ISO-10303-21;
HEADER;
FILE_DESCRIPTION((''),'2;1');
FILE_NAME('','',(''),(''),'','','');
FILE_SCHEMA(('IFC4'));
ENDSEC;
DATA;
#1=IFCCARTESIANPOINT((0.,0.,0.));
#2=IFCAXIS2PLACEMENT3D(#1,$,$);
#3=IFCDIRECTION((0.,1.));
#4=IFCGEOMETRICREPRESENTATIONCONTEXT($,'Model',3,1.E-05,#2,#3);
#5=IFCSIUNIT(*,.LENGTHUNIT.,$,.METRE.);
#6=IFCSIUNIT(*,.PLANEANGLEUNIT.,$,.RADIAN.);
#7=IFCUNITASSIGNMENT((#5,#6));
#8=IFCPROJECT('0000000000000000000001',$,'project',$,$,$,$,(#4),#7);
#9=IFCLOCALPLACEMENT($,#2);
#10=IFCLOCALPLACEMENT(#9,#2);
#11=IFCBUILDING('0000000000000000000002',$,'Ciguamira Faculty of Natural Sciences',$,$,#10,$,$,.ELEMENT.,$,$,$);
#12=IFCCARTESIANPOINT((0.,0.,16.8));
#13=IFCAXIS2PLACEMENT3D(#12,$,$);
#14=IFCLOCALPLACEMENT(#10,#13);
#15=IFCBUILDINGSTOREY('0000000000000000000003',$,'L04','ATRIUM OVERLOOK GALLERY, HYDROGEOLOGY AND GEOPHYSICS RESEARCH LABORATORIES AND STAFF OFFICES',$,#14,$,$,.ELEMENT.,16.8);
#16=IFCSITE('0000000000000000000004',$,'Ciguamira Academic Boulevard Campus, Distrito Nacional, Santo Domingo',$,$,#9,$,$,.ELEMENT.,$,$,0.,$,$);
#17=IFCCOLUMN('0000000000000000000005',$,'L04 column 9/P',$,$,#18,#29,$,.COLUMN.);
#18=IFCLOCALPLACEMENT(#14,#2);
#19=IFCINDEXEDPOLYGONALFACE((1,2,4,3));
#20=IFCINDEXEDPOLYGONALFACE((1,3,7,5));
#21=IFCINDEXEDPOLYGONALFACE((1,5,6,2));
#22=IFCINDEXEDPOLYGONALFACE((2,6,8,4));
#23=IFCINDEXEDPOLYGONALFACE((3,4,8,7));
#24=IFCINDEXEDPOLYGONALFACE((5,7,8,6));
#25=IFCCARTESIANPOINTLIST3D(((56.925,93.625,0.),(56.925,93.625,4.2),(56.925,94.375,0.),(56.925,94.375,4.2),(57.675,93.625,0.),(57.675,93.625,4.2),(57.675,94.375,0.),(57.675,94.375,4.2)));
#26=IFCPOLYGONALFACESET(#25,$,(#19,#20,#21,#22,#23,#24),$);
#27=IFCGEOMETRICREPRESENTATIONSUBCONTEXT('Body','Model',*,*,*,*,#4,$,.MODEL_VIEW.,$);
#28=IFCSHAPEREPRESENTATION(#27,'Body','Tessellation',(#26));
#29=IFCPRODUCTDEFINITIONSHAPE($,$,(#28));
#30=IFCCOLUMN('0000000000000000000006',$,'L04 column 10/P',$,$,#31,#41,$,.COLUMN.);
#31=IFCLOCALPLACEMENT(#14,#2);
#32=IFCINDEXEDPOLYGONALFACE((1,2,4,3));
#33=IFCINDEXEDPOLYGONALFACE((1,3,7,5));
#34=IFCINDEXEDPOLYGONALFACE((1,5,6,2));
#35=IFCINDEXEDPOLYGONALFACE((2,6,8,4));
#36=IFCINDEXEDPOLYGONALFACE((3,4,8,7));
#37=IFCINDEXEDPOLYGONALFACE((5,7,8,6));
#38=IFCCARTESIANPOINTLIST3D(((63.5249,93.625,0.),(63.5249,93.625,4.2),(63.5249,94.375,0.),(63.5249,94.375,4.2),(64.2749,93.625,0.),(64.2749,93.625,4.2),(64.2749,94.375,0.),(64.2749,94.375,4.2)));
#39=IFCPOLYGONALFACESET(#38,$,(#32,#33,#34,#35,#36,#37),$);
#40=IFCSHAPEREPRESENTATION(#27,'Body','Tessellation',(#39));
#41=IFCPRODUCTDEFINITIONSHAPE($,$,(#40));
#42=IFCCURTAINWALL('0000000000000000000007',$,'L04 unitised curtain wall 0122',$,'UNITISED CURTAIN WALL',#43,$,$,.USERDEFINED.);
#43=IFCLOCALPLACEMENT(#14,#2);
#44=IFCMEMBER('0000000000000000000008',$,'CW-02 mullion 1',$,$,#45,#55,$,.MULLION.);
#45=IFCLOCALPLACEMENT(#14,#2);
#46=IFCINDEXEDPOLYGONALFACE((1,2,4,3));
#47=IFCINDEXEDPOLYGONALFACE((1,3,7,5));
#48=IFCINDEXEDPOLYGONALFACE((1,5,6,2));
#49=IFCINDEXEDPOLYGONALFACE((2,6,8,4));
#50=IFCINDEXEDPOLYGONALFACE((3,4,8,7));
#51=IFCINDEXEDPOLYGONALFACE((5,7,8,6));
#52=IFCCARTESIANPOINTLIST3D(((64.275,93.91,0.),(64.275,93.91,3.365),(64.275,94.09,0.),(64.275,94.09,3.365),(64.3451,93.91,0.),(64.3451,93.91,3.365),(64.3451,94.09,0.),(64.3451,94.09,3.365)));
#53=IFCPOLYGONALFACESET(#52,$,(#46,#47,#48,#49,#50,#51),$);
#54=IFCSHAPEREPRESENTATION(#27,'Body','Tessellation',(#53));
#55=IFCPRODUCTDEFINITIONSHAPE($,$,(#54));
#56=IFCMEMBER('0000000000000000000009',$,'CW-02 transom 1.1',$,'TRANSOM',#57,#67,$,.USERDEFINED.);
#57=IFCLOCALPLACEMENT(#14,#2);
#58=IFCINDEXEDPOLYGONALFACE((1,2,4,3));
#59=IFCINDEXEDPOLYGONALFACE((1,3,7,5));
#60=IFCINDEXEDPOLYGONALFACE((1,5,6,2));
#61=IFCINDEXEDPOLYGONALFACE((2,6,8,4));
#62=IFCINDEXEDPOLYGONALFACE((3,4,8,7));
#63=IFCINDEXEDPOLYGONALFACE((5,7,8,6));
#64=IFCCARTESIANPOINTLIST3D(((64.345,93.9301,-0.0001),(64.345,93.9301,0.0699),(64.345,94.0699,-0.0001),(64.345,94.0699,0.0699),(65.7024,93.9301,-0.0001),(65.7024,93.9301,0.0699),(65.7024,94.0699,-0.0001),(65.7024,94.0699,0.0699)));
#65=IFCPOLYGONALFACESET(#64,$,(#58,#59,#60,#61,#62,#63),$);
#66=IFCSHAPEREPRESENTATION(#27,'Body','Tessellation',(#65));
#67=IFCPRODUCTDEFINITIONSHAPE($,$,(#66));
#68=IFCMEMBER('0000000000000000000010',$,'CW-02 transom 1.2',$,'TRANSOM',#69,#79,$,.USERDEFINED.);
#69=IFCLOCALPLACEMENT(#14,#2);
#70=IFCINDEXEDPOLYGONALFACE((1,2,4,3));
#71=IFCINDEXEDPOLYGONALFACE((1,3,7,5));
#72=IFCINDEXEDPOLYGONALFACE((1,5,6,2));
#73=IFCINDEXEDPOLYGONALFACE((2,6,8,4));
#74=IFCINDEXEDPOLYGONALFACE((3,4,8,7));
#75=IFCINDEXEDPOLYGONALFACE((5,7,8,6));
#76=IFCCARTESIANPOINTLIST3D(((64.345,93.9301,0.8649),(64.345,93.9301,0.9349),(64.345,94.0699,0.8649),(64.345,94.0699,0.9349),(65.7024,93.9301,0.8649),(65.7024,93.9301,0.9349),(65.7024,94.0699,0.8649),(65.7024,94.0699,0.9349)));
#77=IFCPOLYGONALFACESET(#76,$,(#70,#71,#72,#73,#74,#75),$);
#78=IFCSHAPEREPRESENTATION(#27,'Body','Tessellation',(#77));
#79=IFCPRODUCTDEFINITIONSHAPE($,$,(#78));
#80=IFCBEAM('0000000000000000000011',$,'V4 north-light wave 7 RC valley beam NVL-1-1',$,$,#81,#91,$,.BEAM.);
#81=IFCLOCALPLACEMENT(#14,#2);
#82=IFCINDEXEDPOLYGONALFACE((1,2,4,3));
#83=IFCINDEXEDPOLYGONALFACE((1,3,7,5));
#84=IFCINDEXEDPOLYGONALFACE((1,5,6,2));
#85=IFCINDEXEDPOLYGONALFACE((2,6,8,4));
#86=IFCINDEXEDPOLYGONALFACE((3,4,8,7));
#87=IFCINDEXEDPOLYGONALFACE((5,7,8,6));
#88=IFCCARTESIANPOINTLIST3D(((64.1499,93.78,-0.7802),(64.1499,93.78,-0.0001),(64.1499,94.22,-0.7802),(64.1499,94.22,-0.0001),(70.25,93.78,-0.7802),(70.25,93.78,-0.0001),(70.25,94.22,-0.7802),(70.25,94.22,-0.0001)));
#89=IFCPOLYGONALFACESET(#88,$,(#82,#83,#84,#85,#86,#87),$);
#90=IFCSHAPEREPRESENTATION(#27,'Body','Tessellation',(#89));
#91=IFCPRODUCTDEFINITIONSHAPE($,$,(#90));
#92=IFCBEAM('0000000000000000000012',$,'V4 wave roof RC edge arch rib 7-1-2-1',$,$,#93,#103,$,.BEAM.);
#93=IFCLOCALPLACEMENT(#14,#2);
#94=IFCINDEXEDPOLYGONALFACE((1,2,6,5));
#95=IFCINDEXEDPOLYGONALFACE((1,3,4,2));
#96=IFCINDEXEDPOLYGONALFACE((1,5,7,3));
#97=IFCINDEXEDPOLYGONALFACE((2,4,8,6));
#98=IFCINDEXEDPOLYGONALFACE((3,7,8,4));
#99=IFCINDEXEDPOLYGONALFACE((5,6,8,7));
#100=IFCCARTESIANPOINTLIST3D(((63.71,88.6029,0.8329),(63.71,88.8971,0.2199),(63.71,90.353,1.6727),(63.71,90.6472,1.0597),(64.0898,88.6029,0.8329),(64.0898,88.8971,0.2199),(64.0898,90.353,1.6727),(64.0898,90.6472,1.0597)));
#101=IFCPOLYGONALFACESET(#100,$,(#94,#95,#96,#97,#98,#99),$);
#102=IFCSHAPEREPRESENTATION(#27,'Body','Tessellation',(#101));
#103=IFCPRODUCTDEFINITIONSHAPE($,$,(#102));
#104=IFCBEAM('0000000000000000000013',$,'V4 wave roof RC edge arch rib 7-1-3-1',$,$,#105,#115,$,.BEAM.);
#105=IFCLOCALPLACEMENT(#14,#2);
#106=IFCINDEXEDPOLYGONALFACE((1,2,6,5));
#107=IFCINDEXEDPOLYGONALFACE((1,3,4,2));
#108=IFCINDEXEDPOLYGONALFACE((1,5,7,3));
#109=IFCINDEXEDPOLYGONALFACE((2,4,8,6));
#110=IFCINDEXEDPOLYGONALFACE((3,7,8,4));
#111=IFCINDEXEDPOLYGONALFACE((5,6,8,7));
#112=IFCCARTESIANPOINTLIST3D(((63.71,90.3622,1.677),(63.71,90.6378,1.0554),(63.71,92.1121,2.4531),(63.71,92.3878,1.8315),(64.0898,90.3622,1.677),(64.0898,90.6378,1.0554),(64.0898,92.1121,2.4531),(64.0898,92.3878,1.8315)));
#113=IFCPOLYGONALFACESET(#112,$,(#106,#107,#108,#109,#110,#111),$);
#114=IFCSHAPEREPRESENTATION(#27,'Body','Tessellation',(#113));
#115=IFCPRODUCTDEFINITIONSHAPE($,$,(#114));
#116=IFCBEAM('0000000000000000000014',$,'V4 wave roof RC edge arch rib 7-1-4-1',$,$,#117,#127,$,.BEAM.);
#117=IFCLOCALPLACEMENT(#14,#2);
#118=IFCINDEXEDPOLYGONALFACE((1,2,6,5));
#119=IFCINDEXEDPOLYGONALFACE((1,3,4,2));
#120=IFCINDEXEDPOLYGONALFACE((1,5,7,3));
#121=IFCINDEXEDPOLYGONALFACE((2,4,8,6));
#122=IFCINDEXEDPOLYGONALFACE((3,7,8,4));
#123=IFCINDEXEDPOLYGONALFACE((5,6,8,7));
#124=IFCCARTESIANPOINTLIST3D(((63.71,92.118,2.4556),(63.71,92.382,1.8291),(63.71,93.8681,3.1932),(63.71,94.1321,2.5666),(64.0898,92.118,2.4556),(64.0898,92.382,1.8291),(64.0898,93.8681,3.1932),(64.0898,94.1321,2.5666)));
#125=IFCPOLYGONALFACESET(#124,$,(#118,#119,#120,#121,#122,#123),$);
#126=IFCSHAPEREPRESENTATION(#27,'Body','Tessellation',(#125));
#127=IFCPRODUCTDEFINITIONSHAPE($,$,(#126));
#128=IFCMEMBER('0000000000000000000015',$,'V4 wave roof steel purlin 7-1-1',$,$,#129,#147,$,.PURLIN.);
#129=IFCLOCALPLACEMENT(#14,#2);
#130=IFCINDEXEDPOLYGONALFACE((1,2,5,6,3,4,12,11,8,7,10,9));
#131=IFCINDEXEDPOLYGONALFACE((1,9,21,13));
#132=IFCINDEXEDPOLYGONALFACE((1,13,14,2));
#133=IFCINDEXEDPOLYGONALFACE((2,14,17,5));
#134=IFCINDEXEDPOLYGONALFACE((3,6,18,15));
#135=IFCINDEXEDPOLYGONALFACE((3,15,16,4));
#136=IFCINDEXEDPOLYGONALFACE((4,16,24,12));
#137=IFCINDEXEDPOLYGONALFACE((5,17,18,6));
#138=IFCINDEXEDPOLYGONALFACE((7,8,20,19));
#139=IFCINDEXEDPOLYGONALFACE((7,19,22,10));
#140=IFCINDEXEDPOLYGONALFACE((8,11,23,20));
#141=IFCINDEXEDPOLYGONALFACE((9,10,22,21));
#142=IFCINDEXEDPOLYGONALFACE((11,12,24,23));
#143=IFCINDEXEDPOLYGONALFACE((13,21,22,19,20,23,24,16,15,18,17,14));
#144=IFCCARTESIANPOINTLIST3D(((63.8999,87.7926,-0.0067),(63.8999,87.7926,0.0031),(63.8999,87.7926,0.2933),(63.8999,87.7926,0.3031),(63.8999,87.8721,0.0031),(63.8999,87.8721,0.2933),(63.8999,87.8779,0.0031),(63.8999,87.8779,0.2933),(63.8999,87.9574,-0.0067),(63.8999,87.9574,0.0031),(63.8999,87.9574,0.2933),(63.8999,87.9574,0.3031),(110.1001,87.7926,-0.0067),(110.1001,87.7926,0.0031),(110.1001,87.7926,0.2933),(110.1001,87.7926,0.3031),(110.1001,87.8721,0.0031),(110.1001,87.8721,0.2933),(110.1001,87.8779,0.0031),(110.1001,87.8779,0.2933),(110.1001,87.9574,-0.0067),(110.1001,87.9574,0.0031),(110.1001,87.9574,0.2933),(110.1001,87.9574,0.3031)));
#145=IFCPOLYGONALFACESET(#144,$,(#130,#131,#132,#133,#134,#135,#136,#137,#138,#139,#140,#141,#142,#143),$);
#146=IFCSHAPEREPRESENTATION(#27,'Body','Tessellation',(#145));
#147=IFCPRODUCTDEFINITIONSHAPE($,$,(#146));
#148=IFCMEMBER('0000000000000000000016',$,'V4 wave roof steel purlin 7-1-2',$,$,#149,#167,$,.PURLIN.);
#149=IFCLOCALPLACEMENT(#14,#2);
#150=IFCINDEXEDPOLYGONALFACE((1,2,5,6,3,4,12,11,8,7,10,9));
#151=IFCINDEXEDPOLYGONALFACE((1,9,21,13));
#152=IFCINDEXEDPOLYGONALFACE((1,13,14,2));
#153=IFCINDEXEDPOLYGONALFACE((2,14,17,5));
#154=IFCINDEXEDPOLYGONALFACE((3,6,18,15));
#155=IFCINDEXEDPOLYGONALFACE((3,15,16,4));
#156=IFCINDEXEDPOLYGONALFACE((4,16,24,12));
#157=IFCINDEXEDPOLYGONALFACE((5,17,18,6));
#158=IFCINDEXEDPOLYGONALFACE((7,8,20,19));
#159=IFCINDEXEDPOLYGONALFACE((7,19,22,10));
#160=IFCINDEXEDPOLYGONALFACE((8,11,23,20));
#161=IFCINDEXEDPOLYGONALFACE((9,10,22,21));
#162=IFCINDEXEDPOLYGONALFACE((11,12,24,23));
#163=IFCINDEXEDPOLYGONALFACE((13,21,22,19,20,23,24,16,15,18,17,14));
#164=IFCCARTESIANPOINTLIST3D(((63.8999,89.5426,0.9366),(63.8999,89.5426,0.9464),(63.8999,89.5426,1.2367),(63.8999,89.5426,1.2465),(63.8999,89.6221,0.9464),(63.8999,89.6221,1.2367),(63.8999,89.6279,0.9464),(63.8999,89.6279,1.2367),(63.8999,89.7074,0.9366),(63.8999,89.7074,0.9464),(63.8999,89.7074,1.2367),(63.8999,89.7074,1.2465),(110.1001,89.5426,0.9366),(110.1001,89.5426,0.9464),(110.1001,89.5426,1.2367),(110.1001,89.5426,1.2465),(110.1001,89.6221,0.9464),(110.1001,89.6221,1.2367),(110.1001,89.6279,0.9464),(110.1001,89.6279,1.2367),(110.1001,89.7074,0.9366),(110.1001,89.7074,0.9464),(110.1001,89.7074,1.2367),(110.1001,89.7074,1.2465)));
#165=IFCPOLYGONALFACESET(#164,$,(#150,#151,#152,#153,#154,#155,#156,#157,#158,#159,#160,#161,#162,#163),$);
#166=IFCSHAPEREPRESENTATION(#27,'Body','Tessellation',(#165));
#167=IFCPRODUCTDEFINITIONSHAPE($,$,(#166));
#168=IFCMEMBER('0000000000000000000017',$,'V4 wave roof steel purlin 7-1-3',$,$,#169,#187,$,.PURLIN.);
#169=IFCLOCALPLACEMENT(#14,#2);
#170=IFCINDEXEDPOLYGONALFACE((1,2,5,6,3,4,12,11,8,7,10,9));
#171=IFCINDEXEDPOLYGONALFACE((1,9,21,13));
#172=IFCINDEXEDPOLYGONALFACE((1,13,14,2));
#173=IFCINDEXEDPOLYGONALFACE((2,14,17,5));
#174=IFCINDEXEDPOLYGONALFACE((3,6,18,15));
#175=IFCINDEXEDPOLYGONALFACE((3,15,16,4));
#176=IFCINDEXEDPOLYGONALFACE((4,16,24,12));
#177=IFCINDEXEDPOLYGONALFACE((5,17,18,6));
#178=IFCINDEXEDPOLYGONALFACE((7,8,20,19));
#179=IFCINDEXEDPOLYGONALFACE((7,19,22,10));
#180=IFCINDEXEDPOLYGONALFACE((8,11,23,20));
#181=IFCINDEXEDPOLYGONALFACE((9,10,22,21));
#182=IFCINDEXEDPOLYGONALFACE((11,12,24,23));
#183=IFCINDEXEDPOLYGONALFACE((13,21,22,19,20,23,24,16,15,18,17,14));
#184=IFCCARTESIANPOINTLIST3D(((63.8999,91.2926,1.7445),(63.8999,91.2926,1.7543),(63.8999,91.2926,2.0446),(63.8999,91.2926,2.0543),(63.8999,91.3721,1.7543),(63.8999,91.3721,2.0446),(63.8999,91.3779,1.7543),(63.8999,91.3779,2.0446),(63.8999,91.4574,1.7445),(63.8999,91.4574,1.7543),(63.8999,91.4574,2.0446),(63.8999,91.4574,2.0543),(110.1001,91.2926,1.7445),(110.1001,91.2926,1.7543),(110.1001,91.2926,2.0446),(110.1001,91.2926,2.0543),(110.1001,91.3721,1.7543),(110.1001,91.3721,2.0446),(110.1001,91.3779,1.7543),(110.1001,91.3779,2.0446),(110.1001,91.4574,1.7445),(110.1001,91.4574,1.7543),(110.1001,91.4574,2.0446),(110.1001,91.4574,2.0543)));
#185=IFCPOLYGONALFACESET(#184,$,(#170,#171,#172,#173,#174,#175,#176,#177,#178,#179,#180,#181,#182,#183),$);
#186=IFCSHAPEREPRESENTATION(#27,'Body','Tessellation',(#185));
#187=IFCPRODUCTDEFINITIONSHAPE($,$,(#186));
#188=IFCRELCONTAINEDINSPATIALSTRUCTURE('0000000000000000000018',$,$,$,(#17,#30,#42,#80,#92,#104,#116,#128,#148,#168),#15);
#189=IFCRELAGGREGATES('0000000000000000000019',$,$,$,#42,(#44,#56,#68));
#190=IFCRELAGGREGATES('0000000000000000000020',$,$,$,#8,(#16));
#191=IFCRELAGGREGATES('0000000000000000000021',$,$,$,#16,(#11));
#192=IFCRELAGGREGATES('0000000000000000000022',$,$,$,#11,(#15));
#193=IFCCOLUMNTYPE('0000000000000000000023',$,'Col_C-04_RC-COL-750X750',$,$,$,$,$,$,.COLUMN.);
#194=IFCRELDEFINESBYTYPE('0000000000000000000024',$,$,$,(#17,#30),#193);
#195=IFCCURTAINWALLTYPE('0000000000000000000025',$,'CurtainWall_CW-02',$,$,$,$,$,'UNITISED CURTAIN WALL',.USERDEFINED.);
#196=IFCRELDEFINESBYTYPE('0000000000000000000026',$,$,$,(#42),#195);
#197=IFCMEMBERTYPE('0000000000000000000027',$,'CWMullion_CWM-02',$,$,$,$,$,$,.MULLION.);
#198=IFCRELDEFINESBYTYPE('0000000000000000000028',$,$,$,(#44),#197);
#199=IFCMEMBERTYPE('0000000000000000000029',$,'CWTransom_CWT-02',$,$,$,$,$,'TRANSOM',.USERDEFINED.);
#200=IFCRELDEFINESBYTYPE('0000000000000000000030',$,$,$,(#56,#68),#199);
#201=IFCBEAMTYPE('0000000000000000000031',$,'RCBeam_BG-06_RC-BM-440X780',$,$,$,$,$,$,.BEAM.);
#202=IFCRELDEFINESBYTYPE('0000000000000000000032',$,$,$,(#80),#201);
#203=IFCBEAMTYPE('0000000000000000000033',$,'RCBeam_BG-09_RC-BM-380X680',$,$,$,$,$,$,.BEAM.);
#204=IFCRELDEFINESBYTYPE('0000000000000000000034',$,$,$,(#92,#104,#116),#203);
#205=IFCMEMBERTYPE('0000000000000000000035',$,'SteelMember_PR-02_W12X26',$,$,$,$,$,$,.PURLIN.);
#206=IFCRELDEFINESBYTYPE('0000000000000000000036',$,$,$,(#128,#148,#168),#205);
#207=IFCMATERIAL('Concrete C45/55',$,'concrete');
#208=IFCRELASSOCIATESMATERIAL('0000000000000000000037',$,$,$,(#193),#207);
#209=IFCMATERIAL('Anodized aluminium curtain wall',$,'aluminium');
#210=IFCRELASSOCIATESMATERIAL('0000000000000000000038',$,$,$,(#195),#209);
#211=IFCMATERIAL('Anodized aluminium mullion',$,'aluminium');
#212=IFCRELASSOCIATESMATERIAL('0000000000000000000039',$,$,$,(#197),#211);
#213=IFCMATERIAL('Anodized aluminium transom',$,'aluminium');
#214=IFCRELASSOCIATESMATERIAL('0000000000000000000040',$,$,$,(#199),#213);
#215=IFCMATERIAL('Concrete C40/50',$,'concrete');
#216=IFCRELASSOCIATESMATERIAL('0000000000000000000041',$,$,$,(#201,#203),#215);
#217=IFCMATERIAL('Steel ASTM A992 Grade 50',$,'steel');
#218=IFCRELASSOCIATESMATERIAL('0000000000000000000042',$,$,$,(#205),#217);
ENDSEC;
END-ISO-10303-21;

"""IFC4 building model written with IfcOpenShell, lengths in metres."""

from ifc_helpers import new_model, si_unit, direction, frame, origin, origin_2d, place, context, subcontext, project, spatial, rectangle, i_section, extrude, material, material_profile, profile_set, type_object, element, aggregate, save


model = new_model("IFC4")

# Units and contexts
model_context = context("Model", 3, precision=1e-05, world=origin(), true_north=direction((0.0, 1.0)))
body_context = subcontext(model_context, "Body", "Model", "MODEL_VIEW")
ifc_project = project(units=[si_unit("LENGTHUNIT", "METRE"), si_unit("PLANEANGLEUNIT", "RADIAN")], contexts=[model_context])

# Site, building, storey
site_placement = place(None, origin())
site = spatial("IfcSite", under=ifc_project, at=site_placement, Name="Ciguamira Academic Boulevard Campus, Distrito Nacional, Santo Domingo", CompositionType="ELEMENT", RefElevation=0.0)
building_placement = place(site_placement, origin())
building = spatial("IfcBuilding", under=site, at=building_placement, Name="Ciguamira Faculty of Natural Sciences", CompositionType="ELEMENT")
storey_placement = place(building_placement, frame((0.0, 0.0, 16.8)))
storey = spatial("IfcBuildingStorey", under=building, at=storey_placement, Name="L04", Description="ATRIUM OVERLOOK GALLERY, HYDROGEOLOGY AND GEOPHYSICS RESEARCH LABORATORIES AND STAFF OFFICES", CompositionType="ELEMENT", Elevation=16.8)

# Columns
ifc_material_1 = material(Name="Concrete C45/55", Category="concrete")
ifc_material_profile_1 = material_profile(ifc_material_1, rectangle(XDim=0.75, YDim=0.75, at=origin_2d()), Name="RC-COL-750X750")
ifc_profile_set_1 = profile_set([ifc_material_profile_1], Name="Concrete C45/55")
column_type = type_object("IfcColumnType", Name="Col_C-04_RC-COL-750X750", PredefinedType="COLUMN", material=ifc_profile_set_1)
for number, where, z_axis, x_axis, name in (
    (1, (57.3, 94.0, 0.0), (0.0, 0.0, 1.0), (1.0, 0.0, 0.0), "L04 column 9/P"),
    (2, (63.8999, 94.0, 0.0), (0.0, 0.0, 1.0), (1.0, 0.0, 0.0), "L04 column 10/P"),
):
    element("IfcColumn", number, at=place(storey_placement, frame(where, z_axis=z_axis, x_axis=x_axis)), inside=storey, type_object=column_type, Name=name, PredefinedType="COLUMN", context=body_context, shape_type="SweptSolid", body=[
        extrude(rectangle(XDim=0.75, YDim=0.75, at=origin_2d()), origin(), (0.0, 0.0, 1.0), 4.2),
    ])

# Curtain wall, members
ifc_material_2 = material(Name="Anodized aluminium curtain wall", Category="aluminium")
curtain_wall_type = type_object("IfcCurtainWallType", Name="CurtainWall_CW-02", ElementType="UNITISED CURTAIN WALL", PredefinedType="USERDEFINED", material=ifc_material_2)
curtain_wall_placement = place(storey_placement, origin())
curtain_wall = element("IfcCurtainWall", 3, at=curtain_wall_placement, inside=storey, type_object=curtain_wall_type, Name="L04 unitised curtain wall 0122", ObjectType="UNITISED CURTAIN WALL", PredefinedType="USERDEFINED")
ifc_material_3 = material(Name="Anodized aluminium mullion", Category="aluminium")
ifc_material_profile_2 = material_profile(ifc_material_3, rectangle(XDim=0.0701, YDim=0.1799, at=origin_2d()), Name="ALU-MUL-70X180")
ifc_profile_set_2 = profile_set([ifc_material_profile_2], Name="Anodized aluminium mullion")
member_type_1 = type_object("IfcMemberType", Name="CWMullion_CWM-02", PredefinedType="MULLION", material=ifc_profile_set_2)
member_1_placement = place(storey_placement, frame((64.3101, 94.0, 0.0), z_axis=(0.0, 0.0, 1.0), x_axis=(1.0, 0.0, 0.0)))
member_1 = element("IfcMember", 4, at=member_1_placement, type_object=member_type_1, Name="CW-02 mullion 1", PredefinedType="MULLION", context=body_context, shape_type="SweptSolid", body=[
    extrude(rectangle(XDim=0.0701, YDim=0.1799, at=origin_2d()), origin(), (0.0, 0.0, 1.0), 3.365),
])
ifc_material_4 = material(Name="Anodized aluminium transom", Category="aluminium")
ifc_material_profile_3 = material_profile(ifc_material_4, rectangle(XDim=0.0701, YDim=0.1399, at=origin_2d()), Name="ALU-TRN-70X140")
ifc_profile_set_3 = profile_set([ifc_material_profile_3], Name="Anodized aluminium transom")
member_type_2 = type_object("IfcMemberType", Name="CWTransom_CWT-02", ElementType="TRANSOM", PredefinedType="USERDEFINED", material=ifc_profile_set_3)
member_2_placement = place(storey_placement, frame((64.345, 94.0, 0.0349), z_axis=(1.0, 0.0, 0.0), x_axis=(0.0, 0.0, 1.0)))
member_2 = element("IfcMember", 5, at=member_2_placement, type_object=member_type_2, Name="CW-02 transom 1.1", ObjectType="TRANSOM", PredefinedType="USERDEFINED", context=body_context, shape_type="SweptSolid", body=[
    extrude(rectangle(XDim=0.0701, YDim=0.1399, at=origin_2d()), origin(), (0.0, 0.0, 1.0), 1.3574),
])
member_3_placement = place(storey_placement, frame((64.345, 94.0, 0.8999), z_axis=(1.0, 0.0, 0.0), x_axis=(0.0, 0.0, 1.0)))
member_3 = element("IfcMember", 6, at=member_3_placement, type_object=member_type_2, Name="CW-02 transom 1.2", ObjectType="TRANSOM", PredefinedType="USERDEFINED", context=body_context, shape_type="SweptSolid", body=[
    extrude(rectangle(XDim=0.0701, YDim=0.1399, at=origin_2d()), origin(), (0.0, 0.0, 1.0), 1.3574),
])
aggregate(curtain_wall, [member_1, member_2, member_3])

# Beams
ifc_material_5 = material(Name="Concrete C40/50", Category="concrete")
ifc_material_profile_4 = material_profile(ifc_material_5, rectangle(XDim=0.4399, YDim=0.78, at=origin_2d()), Name="RC-BM-440X780")
ifc_profile_set_4 = profile_set([ifc_material_profile_4], Name="Concrete C40/50")
beam_type_1 = type_object("IfcBeamType", Name="RCBeam_BG-06_RC-BM-440X780", PredefinedType="BEAM", material=ifc_profile_set_4)
beam_1_placement = place(storey_placement, frame((64.1499, 94.0, -0.3901), z_axis=(1.0, 0.0, 0.0), x_axis=(0.0, 1.0, 0.0)))
element("IfcBeam", 7, at=beam_1_placement, inside=storey, type_object=beam_type_1, Name="V4 north-light wave 7 RC valley beam NVL-1-1", PredefinedType="BEAM", context=body_context, shape_type="SweptSolid", body=[
    extrude(rectangle(XDim=0.4399, YDim=0.78, at=origin_2d()), origin(), (0.0, 0.0, 1.0), 6.1001),
])
ifc_material_profile_5 = material_profile(ifc_material_5, rectangle(XDim=0.3799, YDim=0.6799, at=origin_2d()), Name="RC-BM-380X680")
ifc_profile_set_5 = profile_set([ifc_material_profile_5], Name="Concrete C40/50")
beam_type_2 = type_object("IfcBeamType", Name="RCBeam_BG-09_RC-BM-380X680", PredefinedType="BEAM", material=ifc_profile_set_5)
beam_2_placement = place(storey_placement, frame((63.8999, 88.75, 0.5264), z_axis=(0.0, 0.901554, 0.432666), x_axis=(-1.0, 0.0, 0.0)))
element("IfcBeam", 8, at=beam_2_placement, inside=storey, type_object=beam_type_2, Name="V4 wave roof RC edge arch rib 7-1-2-1", PredefinedType="BEAM", context=body_context, shape_type="SweptSolid", body=[
    extrude(rectangle(XDim=0.3799, YDim=0.6799, at=origin_2d()), origin(), (0.0, 0.0, 1.0), 1.9412),
])
beam_3_placement = place(storey_placement, frame((63.8999, 90.5, 1.3662), z_axis=(0.0, 0.914132, 0.405417), x_axis=(-1.0, 0.0, 0.0)))
element("IfcBeam", 9, at=beam_3_placement, inside=storey, type_object=beam_type_2, Name="V4 wave roof RC edge arch rib 7-1-3-1", PredefinedType="BEAM", context=body_context, shape_type="SweptSolid", body=[
    extrude(rectangle(XDim=0.3799, YDim=0.6799, at=origin_2d()), origin(), (0.0, 0.0, 1.0), 1.9143),
])
beam_4_placement = place(storey_placement, frame((63.8999, 92.25, 2.1423), z_axis=(0.0, 0.921502, 0.388373), x_axis=(-1.0, 0.0, 0.0)))
element("IfcBeam", 10, at=beam_4_placement, inside=storey, type_object=beam_type_2, Name="V4 wave roof RC edge arch rib 7-1-4-1", PredefinedType="BEAM", context=body_context, shape_type="SweptSolid", body=[
    extrude(rectangle(XDim=0.3799, YDim=0.6799, at=origin_2d()), origin(), (0.0, 0.0, 1.0), 1.8992),
])

# Members
ifc_material_6 = material(Name="Steel ASTM A992 Grade 50", Category="steel")
ifc_material_profile_6 = material_profile(ifc_material_6, i_section(OverallWidth=0.1648, OverallDepth=0.3098, WebThickness=0.0059, FlangeThickness=0.0098, at=origin_2d()), Name="W12X26")
ifc_profile_set_6 = profile_set([ifc_material_profile_6], Name="Steel ASTM A992 Grade 50")
member_type_3 = type_object("IfcMemberType", Name="SteelMember_PR-02_W12X26", PredefinedType="PURLIN", material=ifc_profile_set_6)
for number, where, z_axis, x_axis, name in (
    (11, (63.8999, 87.875, 0.1482), (1.0, 0.0, 0.0), (0.0, 1.0, 0.0), "V4 wave roof steel purlin 7-1-1"),
    (12, (63.8999, 89.625, 1.0916), (1.0, 0.0, 0.0), (0.0, 1.0, 0.0), "V4 wave roof steel purlin 7-1-2"),
    (13, (63.8999, 91.375, 1.8994), (1.0, 0.0, 0.0), (0.0, 1.0, 0.0), "V4 wave roof steel purlin 7-1-3"),
):
    element("IfcMember", number, at=place(storey_placement, frame(where, z_axis=z_axis, x_axis=x_axis)), inside=storey, type_object=member_type_3, Name=name, PredefinedType="PURLIN", context=body_context, shape_type="SweptSolid", body=[
        extrude(i_section(OverallWidth=0.1648, OverallDepth=0.3098, WebThickness=0.0059, FlangeThickness=0.0098, at=origin_2d()), origin(), (0.0, 0.0, 1.0), 46.2002),
    ])

save(model, "model.ifc")
